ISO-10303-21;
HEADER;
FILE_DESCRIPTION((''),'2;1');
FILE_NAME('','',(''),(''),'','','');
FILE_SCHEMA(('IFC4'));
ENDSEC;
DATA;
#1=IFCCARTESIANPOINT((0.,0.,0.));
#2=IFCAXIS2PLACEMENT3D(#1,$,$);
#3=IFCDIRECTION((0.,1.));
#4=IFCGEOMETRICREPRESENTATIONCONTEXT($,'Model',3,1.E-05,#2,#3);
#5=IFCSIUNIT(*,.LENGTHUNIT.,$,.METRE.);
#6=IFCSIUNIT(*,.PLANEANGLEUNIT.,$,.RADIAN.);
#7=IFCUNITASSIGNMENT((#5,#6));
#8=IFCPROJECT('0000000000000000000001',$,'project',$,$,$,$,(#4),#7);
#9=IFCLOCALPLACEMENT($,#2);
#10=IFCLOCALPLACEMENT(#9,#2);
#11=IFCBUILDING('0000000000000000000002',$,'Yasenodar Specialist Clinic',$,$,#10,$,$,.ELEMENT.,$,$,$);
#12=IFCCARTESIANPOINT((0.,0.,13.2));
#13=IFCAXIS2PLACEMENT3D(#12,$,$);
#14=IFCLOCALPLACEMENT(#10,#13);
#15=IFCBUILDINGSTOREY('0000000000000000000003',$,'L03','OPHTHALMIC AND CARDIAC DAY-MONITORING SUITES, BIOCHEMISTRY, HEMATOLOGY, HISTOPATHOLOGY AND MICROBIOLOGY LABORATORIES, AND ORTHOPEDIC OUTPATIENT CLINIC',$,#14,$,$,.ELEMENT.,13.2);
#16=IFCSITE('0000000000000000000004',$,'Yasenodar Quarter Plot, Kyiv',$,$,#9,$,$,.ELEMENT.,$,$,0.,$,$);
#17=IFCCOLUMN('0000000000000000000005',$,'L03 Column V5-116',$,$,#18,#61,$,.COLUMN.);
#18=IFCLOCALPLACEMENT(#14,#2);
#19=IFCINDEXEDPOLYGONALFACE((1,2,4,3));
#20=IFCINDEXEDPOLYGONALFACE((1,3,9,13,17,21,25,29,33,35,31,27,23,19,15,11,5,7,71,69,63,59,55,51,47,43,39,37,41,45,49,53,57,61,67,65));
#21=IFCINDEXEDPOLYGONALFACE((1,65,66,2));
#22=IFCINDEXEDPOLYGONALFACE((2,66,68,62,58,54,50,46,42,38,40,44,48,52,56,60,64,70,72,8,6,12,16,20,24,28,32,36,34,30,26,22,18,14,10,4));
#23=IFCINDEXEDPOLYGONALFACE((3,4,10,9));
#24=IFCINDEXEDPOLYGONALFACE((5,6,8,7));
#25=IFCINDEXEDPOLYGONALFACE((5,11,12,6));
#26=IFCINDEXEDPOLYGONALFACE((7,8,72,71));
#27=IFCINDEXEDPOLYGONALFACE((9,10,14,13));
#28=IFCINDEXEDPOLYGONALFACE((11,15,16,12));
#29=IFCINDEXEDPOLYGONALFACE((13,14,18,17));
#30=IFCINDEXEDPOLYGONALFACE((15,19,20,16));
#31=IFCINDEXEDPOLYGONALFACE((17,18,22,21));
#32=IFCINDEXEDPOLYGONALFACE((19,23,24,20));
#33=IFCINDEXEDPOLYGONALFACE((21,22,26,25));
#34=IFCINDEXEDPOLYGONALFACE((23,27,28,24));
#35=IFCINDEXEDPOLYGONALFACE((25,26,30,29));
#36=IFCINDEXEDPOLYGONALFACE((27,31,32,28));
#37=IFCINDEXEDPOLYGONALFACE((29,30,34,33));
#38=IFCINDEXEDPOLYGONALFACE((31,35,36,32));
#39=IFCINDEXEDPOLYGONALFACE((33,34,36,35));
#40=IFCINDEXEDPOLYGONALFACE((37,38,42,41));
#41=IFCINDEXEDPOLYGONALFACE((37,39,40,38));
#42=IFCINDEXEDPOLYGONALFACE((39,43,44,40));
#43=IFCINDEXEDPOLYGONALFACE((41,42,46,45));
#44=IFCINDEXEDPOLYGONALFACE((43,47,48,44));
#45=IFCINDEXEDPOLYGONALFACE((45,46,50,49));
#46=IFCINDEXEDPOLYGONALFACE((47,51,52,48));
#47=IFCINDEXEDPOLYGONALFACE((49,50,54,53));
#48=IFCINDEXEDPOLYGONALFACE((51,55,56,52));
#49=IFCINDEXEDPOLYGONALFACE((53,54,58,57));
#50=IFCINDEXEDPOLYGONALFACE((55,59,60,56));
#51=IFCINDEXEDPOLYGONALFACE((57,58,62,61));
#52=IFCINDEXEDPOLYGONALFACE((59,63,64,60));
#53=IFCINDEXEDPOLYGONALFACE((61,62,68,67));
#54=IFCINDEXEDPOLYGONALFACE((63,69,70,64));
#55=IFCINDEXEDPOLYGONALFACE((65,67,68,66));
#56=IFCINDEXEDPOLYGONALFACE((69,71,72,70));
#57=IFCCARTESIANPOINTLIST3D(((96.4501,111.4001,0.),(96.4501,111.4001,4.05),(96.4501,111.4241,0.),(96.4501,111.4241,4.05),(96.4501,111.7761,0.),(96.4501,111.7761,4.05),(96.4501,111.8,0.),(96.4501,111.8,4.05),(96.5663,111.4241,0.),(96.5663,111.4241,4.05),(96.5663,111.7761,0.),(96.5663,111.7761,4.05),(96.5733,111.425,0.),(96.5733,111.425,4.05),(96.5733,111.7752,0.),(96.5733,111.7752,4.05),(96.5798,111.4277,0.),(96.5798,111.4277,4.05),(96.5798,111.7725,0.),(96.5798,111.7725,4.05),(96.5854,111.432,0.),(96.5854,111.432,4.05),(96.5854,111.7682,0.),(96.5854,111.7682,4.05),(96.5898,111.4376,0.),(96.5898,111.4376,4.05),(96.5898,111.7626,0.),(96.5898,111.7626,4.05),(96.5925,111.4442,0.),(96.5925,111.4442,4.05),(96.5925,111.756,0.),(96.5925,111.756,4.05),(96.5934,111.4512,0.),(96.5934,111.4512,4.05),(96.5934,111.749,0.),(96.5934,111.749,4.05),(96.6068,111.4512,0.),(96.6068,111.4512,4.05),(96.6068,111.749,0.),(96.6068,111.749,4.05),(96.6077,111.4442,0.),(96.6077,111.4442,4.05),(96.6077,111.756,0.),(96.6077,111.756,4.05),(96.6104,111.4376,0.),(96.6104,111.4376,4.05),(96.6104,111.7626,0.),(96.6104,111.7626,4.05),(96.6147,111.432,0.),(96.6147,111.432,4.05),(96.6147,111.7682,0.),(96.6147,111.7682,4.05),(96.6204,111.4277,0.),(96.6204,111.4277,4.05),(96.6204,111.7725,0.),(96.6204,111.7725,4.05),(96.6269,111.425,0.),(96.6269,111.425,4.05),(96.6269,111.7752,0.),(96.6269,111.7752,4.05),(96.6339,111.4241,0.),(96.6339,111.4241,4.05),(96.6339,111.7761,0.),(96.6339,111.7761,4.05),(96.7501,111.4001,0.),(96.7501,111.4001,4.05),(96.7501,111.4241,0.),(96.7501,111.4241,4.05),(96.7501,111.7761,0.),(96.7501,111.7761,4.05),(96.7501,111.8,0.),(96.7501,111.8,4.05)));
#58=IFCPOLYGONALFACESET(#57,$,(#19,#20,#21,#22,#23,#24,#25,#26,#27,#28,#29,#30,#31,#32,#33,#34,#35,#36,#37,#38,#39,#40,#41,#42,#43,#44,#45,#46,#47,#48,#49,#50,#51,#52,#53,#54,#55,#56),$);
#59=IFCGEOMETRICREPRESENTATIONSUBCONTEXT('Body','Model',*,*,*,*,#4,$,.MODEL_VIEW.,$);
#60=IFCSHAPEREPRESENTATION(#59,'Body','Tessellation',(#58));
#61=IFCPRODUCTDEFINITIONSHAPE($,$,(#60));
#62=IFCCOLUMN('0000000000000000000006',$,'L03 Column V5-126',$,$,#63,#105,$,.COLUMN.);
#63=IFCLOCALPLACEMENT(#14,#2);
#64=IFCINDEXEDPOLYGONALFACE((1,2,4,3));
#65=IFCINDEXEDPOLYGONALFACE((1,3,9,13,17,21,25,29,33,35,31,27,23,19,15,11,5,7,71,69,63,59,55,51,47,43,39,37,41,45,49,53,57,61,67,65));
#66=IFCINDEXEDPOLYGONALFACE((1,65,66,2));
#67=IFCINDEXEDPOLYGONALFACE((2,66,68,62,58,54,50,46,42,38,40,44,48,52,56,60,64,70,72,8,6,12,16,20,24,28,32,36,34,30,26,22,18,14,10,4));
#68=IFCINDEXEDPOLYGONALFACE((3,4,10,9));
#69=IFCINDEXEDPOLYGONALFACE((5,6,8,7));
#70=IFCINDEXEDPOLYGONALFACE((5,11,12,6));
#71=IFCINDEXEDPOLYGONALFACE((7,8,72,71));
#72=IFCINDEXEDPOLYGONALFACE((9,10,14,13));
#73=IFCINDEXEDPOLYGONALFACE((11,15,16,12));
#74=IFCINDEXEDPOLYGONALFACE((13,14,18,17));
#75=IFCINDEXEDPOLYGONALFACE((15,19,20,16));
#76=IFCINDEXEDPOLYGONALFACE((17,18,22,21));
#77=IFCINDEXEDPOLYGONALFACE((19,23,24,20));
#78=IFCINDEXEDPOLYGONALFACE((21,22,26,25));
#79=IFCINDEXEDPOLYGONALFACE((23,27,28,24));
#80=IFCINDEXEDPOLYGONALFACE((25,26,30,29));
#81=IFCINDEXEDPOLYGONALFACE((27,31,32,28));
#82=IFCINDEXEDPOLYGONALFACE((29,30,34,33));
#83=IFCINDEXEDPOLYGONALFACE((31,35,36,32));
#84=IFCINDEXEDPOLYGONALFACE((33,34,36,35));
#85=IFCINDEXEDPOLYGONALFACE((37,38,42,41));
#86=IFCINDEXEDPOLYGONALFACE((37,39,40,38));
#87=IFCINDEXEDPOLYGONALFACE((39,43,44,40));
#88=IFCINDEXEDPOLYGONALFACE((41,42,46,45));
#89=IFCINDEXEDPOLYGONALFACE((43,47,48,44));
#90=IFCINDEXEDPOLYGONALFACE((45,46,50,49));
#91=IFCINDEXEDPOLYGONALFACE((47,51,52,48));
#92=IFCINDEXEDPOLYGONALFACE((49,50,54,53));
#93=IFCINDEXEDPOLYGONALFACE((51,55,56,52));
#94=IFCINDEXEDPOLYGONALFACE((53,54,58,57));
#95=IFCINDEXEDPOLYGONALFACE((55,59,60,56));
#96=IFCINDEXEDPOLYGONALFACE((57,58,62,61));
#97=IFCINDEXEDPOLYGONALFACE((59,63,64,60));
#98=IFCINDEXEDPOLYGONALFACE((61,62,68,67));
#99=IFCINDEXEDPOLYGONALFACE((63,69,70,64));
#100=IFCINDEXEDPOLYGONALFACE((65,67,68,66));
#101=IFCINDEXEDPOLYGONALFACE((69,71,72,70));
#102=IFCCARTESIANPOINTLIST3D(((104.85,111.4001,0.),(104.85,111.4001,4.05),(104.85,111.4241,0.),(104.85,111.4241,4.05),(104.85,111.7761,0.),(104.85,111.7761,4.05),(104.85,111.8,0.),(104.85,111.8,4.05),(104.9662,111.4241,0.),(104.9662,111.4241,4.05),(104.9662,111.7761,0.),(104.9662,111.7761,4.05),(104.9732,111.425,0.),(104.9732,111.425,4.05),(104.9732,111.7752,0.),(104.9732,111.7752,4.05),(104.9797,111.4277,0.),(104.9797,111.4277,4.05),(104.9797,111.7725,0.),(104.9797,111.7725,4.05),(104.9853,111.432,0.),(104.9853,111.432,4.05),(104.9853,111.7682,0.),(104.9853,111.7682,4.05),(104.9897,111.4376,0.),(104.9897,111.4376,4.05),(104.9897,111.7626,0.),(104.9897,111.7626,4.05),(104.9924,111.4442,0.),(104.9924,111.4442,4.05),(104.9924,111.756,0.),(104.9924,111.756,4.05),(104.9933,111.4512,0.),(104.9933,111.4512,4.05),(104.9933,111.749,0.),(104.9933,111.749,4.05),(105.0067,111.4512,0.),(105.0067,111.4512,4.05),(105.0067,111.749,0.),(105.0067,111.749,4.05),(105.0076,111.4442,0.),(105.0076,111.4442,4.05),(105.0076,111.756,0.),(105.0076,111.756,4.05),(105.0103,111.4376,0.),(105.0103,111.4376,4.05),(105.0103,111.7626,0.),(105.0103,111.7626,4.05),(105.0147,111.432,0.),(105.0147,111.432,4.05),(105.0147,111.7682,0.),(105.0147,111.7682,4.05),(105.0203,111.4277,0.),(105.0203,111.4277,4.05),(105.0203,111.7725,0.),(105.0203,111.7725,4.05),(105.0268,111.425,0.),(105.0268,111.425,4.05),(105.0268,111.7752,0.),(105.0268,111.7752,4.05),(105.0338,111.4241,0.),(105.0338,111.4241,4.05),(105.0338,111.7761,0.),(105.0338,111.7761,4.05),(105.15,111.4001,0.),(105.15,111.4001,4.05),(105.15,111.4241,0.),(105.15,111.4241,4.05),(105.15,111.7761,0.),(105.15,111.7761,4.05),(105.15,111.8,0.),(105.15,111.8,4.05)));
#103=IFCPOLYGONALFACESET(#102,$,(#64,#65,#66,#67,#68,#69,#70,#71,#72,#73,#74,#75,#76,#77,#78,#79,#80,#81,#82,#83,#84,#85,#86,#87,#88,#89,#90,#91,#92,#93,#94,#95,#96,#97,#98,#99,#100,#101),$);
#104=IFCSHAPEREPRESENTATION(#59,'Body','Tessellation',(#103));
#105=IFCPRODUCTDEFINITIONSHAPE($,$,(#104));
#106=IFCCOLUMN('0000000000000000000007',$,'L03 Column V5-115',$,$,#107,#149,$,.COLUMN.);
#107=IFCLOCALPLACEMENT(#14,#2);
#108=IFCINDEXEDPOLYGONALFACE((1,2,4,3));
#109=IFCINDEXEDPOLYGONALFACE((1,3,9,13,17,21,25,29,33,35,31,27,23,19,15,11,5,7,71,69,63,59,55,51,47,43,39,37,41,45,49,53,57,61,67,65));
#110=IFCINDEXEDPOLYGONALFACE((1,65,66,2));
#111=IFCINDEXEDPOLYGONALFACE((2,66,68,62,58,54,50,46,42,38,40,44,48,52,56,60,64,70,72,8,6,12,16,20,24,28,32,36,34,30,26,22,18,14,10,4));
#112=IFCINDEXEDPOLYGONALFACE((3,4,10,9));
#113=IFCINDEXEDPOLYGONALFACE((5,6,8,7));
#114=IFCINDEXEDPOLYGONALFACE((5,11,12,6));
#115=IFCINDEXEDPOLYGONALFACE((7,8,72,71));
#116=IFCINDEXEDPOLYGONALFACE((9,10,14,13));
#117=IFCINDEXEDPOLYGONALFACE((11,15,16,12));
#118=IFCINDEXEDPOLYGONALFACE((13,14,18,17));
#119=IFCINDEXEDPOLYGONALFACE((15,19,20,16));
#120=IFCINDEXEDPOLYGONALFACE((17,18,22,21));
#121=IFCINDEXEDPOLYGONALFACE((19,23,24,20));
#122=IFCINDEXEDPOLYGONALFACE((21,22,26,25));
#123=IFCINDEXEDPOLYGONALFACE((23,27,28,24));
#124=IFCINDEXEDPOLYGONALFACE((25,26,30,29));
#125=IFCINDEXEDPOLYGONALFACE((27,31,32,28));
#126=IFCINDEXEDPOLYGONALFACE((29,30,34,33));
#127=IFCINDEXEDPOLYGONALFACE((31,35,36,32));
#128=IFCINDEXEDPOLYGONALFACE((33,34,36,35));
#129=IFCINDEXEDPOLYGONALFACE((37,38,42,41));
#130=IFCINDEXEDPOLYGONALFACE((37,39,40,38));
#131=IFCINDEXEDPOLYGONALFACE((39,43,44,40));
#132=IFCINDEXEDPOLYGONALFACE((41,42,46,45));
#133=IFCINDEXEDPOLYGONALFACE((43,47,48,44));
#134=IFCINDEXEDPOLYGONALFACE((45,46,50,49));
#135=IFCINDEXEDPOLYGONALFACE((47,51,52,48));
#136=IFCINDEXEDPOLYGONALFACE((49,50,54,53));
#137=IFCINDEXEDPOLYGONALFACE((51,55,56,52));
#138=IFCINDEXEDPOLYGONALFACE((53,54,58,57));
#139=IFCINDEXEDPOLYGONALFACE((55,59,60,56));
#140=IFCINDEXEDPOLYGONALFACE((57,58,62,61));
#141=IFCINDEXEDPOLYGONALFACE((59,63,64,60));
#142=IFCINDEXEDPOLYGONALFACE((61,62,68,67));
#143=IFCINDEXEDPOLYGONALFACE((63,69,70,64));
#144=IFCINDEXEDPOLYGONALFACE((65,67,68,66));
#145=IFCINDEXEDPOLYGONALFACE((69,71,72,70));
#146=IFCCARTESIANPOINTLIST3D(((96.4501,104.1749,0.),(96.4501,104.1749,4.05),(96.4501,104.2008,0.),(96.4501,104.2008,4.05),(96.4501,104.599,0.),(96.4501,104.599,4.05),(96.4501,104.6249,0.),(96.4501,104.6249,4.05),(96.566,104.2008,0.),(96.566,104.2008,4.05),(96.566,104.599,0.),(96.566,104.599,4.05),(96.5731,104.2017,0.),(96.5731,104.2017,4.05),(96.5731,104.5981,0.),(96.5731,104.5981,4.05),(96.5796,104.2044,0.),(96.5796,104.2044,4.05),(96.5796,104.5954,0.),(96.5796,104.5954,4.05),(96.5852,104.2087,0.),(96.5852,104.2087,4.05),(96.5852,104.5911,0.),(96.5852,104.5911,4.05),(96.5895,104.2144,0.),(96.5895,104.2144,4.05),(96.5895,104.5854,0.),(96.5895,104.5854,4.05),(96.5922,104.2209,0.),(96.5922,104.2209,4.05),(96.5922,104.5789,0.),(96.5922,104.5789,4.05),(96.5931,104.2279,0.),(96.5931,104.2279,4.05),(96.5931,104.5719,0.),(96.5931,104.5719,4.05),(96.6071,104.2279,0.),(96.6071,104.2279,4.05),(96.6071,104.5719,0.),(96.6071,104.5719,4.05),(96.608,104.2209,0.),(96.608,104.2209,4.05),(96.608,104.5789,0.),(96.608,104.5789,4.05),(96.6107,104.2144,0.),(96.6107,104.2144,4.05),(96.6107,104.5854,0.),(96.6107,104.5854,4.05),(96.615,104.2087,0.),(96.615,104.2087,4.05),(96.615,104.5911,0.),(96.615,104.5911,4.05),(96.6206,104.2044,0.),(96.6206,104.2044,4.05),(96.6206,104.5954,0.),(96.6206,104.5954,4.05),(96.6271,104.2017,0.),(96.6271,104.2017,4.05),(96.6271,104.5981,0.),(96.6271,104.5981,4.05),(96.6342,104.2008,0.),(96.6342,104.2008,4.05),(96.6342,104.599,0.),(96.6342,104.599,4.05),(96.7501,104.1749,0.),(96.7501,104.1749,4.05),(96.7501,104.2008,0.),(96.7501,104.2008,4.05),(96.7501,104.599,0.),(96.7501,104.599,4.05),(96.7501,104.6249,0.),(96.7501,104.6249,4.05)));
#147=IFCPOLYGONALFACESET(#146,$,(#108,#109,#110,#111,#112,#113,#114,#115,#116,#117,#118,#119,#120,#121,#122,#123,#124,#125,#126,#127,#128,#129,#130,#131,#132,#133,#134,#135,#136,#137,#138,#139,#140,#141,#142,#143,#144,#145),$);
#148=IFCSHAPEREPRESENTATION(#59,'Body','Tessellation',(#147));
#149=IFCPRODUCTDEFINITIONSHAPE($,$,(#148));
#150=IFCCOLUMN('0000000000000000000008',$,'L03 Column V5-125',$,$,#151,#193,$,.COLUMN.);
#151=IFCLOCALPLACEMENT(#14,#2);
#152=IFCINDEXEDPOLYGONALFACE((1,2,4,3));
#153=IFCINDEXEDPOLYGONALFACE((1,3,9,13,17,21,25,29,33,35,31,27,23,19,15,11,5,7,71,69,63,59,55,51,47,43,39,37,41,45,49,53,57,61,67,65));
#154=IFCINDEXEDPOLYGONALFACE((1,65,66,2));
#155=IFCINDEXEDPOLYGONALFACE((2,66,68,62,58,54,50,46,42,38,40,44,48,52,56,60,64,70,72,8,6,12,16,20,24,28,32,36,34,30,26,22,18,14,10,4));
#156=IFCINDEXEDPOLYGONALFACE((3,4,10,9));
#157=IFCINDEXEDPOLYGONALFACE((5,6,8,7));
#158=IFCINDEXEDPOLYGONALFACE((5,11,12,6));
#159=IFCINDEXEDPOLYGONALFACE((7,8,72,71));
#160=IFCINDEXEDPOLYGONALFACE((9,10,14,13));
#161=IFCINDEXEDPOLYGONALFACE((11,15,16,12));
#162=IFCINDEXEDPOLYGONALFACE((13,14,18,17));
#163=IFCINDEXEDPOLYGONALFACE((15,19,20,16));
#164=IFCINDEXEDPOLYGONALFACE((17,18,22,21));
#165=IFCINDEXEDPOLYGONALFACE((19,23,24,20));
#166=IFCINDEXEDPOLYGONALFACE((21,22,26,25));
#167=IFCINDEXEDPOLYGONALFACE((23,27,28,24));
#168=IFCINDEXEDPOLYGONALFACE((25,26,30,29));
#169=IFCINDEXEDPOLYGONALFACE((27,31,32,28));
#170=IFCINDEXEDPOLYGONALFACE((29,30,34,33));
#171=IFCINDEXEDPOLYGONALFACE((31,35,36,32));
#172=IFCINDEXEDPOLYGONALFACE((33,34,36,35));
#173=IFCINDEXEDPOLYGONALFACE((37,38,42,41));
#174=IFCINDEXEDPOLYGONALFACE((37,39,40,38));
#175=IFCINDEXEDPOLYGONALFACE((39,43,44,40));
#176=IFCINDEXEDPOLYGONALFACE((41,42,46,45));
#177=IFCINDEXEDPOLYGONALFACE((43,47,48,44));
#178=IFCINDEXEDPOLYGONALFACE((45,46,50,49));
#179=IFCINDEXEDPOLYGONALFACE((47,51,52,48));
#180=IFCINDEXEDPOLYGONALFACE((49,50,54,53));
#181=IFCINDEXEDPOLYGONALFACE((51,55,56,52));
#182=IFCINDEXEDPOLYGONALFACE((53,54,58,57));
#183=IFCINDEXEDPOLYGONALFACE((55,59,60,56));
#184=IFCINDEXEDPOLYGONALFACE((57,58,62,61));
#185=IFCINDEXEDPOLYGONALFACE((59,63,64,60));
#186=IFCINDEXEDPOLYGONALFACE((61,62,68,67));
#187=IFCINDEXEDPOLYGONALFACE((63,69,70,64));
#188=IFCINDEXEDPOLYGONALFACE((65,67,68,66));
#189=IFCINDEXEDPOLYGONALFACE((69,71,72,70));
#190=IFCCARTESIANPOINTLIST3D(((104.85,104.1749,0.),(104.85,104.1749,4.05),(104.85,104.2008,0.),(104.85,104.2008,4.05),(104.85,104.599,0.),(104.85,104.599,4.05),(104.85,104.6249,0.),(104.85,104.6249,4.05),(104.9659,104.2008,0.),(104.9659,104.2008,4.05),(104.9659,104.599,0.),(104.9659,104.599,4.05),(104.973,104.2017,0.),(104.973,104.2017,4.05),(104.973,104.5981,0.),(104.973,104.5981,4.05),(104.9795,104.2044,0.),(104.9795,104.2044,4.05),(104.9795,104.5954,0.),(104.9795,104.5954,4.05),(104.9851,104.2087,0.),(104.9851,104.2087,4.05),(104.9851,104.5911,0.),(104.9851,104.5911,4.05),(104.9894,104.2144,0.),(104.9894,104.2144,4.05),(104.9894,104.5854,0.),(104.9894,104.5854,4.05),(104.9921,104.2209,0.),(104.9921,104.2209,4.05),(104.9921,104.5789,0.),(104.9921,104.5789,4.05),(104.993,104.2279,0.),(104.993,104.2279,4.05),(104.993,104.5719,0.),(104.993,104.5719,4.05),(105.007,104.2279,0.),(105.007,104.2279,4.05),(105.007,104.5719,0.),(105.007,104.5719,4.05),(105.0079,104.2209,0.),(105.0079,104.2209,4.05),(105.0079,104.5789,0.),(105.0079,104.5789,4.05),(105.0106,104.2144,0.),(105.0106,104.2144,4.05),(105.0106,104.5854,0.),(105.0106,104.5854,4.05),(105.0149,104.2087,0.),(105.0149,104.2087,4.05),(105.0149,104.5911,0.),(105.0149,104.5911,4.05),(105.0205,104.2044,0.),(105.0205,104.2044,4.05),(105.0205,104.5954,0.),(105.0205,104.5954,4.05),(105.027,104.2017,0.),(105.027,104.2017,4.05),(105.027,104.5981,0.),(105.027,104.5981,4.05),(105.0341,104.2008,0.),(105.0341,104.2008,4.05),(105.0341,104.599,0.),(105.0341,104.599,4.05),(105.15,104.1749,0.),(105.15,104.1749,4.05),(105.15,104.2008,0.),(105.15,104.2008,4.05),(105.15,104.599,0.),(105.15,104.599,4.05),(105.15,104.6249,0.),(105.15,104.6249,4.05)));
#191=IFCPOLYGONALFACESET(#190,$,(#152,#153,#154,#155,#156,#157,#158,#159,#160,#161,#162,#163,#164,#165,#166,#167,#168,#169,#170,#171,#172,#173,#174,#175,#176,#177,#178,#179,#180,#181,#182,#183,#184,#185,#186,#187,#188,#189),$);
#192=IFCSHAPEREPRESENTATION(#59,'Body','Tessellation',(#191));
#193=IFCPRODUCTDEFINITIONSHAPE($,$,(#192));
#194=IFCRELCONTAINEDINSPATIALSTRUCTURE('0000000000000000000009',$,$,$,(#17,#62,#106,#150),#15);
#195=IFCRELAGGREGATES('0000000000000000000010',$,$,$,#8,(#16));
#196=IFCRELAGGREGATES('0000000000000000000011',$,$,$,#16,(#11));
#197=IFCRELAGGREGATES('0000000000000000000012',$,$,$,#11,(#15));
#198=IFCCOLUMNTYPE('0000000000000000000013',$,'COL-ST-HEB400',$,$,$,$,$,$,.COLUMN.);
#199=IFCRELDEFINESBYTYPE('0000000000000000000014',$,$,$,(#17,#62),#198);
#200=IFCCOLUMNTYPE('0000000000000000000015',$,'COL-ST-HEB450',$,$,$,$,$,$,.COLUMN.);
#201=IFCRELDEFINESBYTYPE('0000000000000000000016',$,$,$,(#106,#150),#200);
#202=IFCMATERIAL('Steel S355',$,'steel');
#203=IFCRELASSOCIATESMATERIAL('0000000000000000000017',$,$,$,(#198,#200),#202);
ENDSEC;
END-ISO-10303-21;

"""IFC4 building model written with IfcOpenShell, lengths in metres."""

from ifc_helpers import new_model, si_unit, direction, frame, origin, origin_2d, place, context, subcontext, project, spatial, i_section, extrude, material, material_profile, profile_set, type_object, element, save


model = new_model("IFC4")

# Units and contexts
model_context = context("Model", 3, precision=1e-05, world=origin(), true_north=direction((0.0, 1.0)))
body_context = subcontext(model_context, "Body", "Model", "MODEL_VIEW")
ifc_project = project(units=[si_unit("LENGTHUNIT", "METRE"), si_unit("PLANEANGLEUNIT", "RADIAN")], contexts=[model_context])

# Site, building, storey
site_placement = place(None, origin())
site = spatial("IfcSite", under=ifc_project, at=site_placement, Name="Yasenodar Quarter Plot, Kyiv", CompositionType="ELEMENT", RefElevation=0.0)
building_placement = place(site_placement, origin())
building = spatial("IfcBuilding", under=site, at=building_placement, Name="Yasenodar Specialist Clinic", CompositionType="ELEMENT")
storey_placement = place(building_placement, frame((0.0, 0.0, 13.2)))
storey = spatial("IfcBuildingStorey", under=building, at=storey_placement, Name="L03", Description="OPHTHALMIC AND CARDIAC DAY-MONITORING SUITES, BIOCHEMISTRY, HEMATOLOGY, HISTOPATHOLOGY AND MICROBIOLOGY LABORATORIES, AND ORTHOPEDIC OUTPATIENT CLINIC", CompositionType="ELEMENT", Elevation=13.2)

# Columns
ifc_material_1 = material(Name="Steel S355", Category="steel")
ifc_material_profile_1 = material_profile(ifc_material_1, i_section(OverallWidth=0.3, OverallDepth=0.3999, WebThickness=0.0134, FlangeThickness=0.0239, FilletRadius=0.0271, at=origin_2d()), Name="HEB 400")
ifc_profile_set_1 = profile_set([ifc_material_profile_1], Name="Steel S355")
column_type_1 = type_object("IfcColumnType", Name="COL-ST-HEB400", PredefinedType="COLUMN", material=ifc_profile_set_1)
for number, where, z_axis, x_axis, name in (
    (1, (96.6001, 111.6001, 0.0), (0.0, 0.0, 1.0), (1.0, 0.0, 0.0), "L03 Column V5-116"),
    (2, (105.0, 111.6001, 0.0), (0.0, 0.0, 1.0), (1.0, 0.0, 0.0), "L03 Column V5-126"),
):
    element("IfcColumn", number, at=place(storey_placement, frame(where, z_axis=z_axis, x_axis=x_axis)), inside=storey, type_object=column_type_1, Name=name, PredefinedType="COLUMN", context=body_context, shape_type="SweptSolid", body=[
        extrude(i_section(OverallWidth=0.3, OverallDepth=0.3999, WebThickness=0.0134, FlangeThickness=0.0239, FilletRadius=0.0271, at=origin_2d()), origin(), (0.0, 0.0, 1.0), 4.05),
    ])
ifc_material_profile_2 = material_profile(ifc_material_1, i_section(OverallWidth=0.3, OverallDepth=0.45, WebThickness=0.0139, FlangeThickness=0.0259, FilletRadius=0.0271, at=origin_2d()), Name="HEB 450")
ifc_profile_set_2 = profile_set([ifc_material_profile_2], Name="Steel S355")
column_type_2 = type_object("IfcColumnType", Name="COL-ST-HEB450", PredefinedType="COLUMN", material=ifc_profile_set_2)
for number, where, z_axis, x_axis, name in (
    (3, (96.6001, 104.3999, 0.0), (0.0, 0.0, 1.0), (1.0, 0.0, 0.0), "L03 Column V5-115"),
    (4, (105.0, 104.3999, 0.0), (0.0, 0.0, 1.0), (1.0, 0.0, 0.0), "L03 Column V5-125"),
):
    element("IfcColumn", number, at=place(storey_placement, frame(where, z_axis=z_axis, x_axis=x_axis)), inside=storey, type_object=column_type_2, Name=name, PredefinedType="COLUMN", context=body_context, shape_type="SweptSolid", body=[
        extrude(i_section(OverallWidth=0.3, OverallDepth=0.45, WebThickness=0.0139, FlangeThickness=0.0259, FilletRadius=0.0271, at=origin_2d()), origin(), (0.0, 0.0, 1.0), 4.05),
    ])

save(model, "model.ifc")
